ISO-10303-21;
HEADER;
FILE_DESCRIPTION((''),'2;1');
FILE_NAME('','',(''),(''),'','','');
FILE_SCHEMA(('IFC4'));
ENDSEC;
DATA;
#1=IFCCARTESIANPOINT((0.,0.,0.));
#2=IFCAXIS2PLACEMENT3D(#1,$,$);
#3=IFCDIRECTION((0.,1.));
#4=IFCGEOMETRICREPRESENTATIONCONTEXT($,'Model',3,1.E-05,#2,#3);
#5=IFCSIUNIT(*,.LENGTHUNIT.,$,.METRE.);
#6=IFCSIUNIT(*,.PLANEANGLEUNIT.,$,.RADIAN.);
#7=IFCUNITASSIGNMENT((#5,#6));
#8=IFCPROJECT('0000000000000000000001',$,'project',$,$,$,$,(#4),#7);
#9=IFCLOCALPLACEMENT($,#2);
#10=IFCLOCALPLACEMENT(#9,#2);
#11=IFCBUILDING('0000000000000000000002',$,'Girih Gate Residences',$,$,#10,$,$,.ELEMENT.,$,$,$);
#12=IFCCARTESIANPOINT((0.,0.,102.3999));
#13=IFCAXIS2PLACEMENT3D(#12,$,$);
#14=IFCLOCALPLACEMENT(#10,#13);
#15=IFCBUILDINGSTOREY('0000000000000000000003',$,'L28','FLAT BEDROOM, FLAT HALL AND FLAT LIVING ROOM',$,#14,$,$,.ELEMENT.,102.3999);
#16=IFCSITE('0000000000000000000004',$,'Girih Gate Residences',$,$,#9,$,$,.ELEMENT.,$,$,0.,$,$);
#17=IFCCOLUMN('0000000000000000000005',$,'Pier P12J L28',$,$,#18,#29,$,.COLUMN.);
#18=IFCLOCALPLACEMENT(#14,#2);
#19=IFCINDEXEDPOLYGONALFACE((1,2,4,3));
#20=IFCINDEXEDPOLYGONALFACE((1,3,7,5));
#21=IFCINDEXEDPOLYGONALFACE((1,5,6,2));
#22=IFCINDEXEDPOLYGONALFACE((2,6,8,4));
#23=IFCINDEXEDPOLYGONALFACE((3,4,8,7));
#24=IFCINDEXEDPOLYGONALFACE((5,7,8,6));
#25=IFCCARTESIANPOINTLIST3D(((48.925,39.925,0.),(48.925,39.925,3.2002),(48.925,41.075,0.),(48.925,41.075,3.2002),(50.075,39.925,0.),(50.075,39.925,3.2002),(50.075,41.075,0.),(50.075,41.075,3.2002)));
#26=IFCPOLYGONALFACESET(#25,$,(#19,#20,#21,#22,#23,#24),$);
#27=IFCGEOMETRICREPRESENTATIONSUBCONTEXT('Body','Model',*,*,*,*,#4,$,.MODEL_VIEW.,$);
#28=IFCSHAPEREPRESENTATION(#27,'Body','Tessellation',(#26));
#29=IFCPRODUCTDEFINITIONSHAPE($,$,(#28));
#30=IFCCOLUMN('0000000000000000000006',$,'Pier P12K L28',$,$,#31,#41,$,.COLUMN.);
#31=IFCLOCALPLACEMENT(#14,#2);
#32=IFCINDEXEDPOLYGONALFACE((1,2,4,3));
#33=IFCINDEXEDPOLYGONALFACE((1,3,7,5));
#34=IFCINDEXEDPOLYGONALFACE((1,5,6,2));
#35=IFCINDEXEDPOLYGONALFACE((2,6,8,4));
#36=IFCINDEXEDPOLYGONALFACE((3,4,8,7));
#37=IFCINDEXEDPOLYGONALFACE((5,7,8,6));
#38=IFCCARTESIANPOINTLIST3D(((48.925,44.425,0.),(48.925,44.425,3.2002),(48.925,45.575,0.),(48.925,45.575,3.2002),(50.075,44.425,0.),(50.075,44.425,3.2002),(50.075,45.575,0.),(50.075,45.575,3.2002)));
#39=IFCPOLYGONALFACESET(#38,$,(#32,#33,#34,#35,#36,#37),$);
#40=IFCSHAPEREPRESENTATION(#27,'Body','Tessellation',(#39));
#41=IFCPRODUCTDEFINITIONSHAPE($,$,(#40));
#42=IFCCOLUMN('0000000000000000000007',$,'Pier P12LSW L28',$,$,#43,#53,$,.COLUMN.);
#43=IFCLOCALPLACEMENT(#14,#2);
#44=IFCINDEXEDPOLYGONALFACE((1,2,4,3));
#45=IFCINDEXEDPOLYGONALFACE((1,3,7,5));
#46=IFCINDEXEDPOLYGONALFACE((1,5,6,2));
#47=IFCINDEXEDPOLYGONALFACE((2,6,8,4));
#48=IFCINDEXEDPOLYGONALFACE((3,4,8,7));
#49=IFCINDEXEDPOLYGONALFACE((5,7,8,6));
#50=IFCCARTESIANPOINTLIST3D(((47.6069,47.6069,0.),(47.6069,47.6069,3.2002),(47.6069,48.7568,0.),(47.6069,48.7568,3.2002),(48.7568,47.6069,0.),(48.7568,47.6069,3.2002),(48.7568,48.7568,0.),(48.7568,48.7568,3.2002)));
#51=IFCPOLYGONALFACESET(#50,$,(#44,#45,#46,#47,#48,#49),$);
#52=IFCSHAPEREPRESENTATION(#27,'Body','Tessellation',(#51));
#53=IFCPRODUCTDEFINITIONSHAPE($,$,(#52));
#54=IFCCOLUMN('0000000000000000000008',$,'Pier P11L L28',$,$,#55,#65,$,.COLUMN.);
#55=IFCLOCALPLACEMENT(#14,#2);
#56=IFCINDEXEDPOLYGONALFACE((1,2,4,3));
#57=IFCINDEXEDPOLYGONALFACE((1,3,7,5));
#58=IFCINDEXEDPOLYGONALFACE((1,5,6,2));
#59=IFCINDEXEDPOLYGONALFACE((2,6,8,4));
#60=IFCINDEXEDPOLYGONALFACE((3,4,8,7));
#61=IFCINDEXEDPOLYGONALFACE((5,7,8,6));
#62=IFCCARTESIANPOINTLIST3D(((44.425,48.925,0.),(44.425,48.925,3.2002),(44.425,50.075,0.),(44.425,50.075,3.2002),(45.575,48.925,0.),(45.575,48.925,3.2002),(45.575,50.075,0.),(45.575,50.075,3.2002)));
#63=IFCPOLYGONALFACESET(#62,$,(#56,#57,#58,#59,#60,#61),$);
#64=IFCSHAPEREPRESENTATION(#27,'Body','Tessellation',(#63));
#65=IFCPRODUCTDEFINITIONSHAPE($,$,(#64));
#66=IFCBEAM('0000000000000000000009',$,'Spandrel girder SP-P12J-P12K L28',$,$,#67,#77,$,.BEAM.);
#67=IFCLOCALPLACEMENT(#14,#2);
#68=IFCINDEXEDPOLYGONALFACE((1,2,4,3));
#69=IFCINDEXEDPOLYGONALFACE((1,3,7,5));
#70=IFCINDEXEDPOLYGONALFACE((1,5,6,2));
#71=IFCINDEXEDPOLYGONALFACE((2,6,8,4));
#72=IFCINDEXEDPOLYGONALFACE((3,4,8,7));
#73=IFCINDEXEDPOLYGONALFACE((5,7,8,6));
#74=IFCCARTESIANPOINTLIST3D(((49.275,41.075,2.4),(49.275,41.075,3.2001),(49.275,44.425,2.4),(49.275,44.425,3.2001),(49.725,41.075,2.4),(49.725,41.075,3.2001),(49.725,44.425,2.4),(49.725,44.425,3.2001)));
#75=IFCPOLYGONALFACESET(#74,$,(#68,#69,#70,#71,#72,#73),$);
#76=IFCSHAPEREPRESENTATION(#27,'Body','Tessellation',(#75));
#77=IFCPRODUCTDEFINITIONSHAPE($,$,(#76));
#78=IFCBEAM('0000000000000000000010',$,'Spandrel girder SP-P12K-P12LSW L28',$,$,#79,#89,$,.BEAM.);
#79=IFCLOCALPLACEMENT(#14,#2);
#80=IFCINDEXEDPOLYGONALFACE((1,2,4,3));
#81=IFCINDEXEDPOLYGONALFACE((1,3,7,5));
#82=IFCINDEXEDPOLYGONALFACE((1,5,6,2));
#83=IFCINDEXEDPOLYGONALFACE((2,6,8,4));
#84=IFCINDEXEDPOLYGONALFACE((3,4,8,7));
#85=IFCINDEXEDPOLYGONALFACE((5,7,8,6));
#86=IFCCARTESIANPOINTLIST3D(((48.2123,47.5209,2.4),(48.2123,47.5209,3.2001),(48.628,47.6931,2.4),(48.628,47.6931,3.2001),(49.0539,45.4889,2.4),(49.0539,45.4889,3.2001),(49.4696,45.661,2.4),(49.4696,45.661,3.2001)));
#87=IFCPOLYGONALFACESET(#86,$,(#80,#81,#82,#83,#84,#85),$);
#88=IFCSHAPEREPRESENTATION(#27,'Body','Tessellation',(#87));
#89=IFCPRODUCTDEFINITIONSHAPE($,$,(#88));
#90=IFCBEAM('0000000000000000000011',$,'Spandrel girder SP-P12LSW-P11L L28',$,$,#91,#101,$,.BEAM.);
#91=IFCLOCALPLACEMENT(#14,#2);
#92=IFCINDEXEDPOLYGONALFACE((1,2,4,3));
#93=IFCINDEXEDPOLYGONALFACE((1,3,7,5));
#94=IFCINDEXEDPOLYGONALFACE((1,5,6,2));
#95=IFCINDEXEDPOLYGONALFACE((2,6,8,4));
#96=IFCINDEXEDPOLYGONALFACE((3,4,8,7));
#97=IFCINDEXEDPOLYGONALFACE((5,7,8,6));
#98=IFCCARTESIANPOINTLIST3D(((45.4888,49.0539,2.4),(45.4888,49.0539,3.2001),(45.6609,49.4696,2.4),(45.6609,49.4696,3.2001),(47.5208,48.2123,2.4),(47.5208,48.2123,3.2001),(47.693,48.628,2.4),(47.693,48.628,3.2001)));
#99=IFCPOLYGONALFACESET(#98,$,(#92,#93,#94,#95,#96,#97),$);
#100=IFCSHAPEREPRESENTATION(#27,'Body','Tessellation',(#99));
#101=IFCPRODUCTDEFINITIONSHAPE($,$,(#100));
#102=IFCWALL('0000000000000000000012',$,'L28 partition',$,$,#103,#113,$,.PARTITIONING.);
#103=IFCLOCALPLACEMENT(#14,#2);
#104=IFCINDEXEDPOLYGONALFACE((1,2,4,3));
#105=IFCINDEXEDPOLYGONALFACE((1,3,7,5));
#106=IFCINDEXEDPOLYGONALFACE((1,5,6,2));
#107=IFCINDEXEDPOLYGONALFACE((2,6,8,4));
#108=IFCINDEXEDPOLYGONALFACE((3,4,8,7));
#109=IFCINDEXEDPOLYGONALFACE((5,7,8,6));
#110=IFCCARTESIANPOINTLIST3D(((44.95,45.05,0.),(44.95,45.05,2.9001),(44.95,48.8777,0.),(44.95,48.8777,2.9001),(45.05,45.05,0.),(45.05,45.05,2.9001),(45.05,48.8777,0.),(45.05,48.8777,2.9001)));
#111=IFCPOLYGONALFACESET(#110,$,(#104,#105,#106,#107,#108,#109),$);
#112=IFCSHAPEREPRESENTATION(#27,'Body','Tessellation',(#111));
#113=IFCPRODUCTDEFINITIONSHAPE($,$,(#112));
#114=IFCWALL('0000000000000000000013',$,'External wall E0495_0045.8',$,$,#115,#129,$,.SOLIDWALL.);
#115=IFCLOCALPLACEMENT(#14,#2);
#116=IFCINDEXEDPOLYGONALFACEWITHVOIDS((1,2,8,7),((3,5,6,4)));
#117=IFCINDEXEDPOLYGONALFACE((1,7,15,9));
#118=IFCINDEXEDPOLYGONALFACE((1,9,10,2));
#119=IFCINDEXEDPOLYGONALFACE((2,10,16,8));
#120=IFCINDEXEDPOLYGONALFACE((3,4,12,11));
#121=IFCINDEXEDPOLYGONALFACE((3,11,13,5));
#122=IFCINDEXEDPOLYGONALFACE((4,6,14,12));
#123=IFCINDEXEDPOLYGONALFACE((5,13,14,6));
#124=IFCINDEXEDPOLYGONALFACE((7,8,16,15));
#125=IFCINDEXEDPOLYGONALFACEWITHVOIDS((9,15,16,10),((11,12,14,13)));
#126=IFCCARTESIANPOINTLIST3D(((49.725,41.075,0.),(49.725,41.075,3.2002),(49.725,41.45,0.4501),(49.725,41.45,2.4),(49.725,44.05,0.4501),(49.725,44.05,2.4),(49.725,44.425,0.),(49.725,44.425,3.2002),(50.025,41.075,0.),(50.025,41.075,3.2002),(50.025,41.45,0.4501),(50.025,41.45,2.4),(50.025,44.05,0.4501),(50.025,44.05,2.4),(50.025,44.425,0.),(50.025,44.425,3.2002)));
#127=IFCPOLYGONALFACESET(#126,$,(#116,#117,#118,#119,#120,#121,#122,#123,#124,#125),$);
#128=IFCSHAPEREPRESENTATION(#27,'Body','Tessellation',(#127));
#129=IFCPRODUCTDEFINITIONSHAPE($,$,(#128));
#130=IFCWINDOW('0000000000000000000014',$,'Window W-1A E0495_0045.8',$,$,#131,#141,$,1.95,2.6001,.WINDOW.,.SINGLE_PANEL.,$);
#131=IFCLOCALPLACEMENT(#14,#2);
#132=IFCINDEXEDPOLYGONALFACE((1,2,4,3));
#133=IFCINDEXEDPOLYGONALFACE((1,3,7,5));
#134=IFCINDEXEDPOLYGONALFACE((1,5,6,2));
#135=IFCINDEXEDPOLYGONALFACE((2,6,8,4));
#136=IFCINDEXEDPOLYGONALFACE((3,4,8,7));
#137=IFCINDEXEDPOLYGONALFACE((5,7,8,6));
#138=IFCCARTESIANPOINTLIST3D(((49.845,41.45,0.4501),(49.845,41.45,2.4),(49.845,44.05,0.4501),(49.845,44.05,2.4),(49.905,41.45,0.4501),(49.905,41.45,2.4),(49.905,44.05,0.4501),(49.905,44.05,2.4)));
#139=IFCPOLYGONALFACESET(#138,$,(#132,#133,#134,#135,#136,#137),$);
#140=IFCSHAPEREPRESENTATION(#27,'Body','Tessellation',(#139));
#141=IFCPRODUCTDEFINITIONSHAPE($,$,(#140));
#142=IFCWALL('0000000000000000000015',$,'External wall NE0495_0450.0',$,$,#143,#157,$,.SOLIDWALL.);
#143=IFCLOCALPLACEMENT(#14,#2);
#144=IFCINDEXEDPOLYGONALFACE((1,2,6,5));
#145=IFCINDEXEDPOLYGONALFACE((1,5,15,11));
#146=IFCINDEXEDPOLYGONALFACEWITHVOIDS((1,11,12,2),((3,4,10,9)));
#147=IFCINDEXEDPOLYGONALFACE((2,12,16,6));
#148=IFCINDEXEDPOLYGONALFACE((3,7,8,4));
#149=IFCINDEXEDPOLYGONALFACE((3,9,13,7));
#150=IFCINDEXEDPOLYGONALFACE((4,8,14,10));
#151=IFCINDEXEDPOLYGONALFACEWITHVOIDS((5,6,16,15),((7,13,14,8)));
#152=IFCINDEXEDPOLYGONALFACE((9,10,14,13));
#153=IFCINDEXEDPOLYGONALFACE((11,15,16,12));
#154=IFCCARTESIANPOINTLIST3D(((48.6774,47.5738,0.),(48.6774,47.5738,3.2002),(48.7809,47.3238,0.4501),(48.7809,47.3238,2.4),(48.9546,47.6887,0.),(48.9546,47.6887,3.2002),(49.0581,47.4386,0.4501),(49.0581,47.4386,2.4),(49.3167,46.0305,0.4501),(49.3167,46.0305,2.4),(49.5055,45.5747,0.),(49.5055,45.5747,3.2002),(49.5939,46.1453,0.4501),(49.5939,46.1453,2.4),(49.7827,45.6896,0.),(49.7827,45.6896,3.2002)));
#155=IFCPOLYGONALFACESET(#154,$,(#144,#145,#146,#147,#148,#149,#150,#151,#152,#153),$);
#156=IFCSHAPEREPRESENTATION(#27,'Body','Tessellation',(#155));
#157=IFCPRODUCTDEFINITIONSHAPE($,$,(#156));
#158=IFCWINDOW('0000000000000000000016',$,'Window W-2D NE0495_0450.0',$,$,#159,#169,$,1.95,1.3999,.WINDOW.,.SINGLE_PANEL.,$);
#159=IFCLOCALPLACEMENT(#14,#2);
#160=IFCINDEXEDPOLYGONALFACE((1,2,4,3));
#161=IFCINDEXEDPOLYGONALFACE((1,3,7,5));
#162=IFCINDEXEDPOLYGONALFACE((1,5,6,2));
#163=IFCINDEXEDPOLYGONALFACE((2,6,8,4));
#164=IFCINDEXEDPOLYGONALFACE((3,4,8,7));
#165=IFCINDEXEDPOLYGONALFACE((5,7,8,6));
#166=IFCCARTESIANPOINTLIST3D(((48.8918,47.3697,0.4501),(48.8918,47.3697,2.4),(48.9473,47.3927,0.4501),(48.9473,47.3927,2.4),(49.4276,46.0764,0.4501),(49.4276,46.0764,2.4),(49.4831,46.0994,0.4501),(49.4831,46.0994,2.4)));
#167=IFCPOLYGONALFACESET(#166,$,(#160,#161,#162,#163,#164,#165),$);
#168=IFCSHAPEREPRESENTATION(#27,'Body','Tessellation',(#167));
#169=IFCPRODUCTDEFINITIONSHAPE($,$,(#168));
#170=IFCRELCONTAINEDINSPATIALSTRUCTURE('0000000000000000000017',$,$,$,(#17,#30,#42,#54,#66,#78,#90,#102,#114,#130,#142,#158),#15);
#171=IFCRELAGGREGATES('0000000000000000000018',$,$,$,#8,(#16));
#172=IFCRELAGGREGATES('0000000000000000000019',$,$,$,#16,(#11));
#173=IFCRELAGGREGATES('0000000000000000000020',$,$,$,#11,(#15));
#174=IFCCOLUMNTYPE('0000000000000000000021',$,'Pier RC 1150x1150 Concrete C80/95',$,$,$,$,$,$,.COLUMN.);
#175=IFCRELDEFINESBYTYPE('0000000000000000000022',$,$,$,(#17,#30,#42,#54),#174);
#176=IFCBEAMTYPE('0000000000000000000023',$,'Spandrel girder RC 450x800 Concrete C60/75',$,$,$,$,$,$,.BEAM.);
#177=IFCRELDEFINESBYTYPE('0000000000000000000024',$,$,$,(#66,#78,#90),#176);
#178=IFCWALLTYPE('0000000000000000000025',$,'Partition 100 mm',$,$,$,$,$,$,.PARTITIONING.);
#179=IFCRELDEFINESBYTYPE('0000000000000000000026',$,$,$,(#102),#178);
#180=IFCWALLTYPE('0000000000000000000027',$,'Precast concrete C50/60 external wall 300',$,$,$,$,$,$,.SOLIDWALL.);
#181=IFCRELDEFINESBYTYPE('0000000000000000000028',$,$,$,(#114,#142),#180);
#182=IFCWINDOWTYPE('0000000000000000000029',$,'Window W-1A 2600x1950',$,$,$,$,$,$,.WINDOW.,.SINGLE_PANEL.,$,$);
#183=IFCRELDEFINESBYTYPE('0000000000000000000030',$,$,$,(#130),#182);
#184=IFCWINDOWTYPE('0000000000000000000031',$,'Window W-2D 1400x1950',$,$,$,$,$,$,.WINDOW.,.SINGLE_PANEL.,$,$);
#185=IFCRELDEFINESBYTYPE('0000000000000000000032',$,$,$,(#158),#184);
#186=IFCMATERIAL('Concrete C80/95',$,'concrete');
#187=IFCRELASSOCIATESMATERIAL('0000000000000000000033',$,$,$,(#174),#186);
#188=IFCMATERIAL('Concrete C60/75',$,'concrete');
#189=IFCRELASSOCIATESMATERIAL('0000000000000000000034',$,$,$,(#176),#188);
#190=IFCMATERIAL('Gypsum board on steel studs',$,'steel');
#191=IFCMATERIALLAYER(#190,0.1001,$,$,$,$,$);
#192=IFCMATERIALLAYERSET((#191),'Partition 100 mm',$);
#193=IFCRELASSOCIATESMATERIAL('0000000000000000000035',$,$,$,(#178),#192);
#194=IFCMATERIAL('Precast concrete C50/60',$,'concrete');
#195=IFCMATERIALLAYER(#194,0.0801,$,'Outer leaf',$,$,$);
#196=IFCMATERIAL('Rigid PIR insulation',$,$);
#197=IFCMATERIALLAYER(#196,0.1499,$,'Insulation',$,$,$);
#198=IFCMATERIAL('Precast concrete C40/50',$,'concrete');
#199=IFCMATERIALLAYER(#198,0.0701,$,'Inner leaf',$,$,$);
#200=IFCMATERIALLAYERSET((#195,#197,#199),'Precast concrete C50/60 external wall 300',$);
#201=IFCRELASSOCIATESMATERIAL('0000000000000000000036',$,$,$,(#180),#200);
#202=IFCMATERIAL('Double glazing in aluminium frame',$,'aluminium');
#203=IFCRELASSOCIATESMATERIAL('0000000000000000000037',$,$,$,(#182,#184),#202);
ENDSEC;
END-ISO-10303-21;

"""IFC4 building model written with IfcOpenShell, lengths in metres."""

from ifc_helpers import new_model, si_unit, direction, frame, frame_2d, origin, origin_2d, place, context, subcontext, project, spatial, rectangle, extrude, material, layer, layer_set, material_profile, profile_set, type_object, element, fill, save


model = new_model("IFC4")

# Units and contexts
model_context = context("Model", 3, precision=1e-05, world=origin(), true_north=direction((0.0, 1.0)))
body_context = subcontext(model_context, "Body", "Model", "MODEL_VIEW")
ifc_project = project(units=[si_unit("LENGTHUNIT", "METRE"), si_unit("PLANEANGLEUNIT", "RADIAN")], contexts=[model_context])

# Site, building, storey
site_placement = place(None, origin())
site = spatial("IfcSite", under=ifc_project, at=site_placement, Name="Girih Gate Residences", CompositionType="ELEMENT", RefElevation=0.0)
building_placement = place(site_placement, origin())
building = spatial("IfcBuilding", under=site, at=building_placement, Name="Girih Gate Residences", CompositionType="ELEMENT")
storey_placement = place(building_placement, frame((0.0, 0.0, 102.3999)))
storey = spatial("IfcBuildingStorey", under=building, at=storey_placement, Name="L28", Description="FLAT BEDROOM, FLAT HALL AND FLAT LIVING ROOM", CompositionType="ELEMENT", Elevation=102.3999)

# Columns
ifc_material_1 = material(Name="Concrete C80/95", Category="concrete")
ifc_material_profile_1 = material_profile(ifc_material_1, rectangle(XDim=1.1499, YDim=1.1499, at=origin_2d()))
ifc_profile_set_1 = profile_set([ifc_material_profile_1], Name="Concrete C80/95")
column_type = type_object("IfcColumnType", Name="Pier RC 1150x1150 Concrete C80/95", PredefinedType="COLUMN", material=ifc_profile_set_1)
for number, where, z_axis, x_axis, name in (
    (1, (49.5, 40.5, 0.0), (0.0, 0.0, 1.0), (1.0, 0.0, 0.0), "Pier P12J L28"),
    (2, (49.5, 45.0, 0.0), (0.0, 0.0, 1.0), (1.0, 0.0, 0.0), "Pier P12K L28"),
    (3, (48.1819, 48.1819, 0.0), (0.0, 0.0, 1.0), (1.0, 0.0, 0.0), "Pier P12LSW L28"),
    (4, (45.0, 49.5, 0.0), (0.0, 0.0, 1.0), (1.0, 0.0, 0.0), "Pier P11L L28"),
):
    element("IfcColumn", number, at=place(storey_placement, frame(where, z_axis=z_axis, x_axis=x_axis)), inside=storey, type_object=column_type, Name=name, PredefinedType="COLUMN", context=body_context, shape_type="SweptSolid", body=[
        extrude(rectangle(XDim=1.1499, YDim=1.1499, at=origin_2d()), origin(), (0.0, 0.0, 1.0), 3.2002),
    ])

# Beams
ifc_material_2 = material(Name="Concrete C60/75", Category="concrete")
ifc_material_profile_2 = material_profile(ifc_material_2, rectangle(XDim=0.45, YDim=0.8, at=origin_2d()))
ifc_profile_set_2 = profile_set([ifc_material_profile_2], Name="Concrete C60/75")
beam_type = type_object("IfcBeamType", Name="Spandrel girder RC 450x800 Concrete C60/75", PredefinedType="BEAM", material=ifc_profile_set_2)
beam_placement = place(storey_placement, frame((49.5, 41.075, 2.8), z_axis=(0.0, 1.0, 0.0), x_axis=(-1.0, 0.0, 0.0)))
element("IfcBeam", 5, at=beam_placement, inside=storey, type_object=beam_type, Name="Spandrel girder SP-P12J-P12K L28", PredefinedType="BEAM", context=body_context, shape_type="SweptSolid", body=[
    extrude(rectangle(XDim=0.45, YDim=0.8, at=origin_2d()), origin(), (0.0, 0.0, 1.0), 3.3501),
])
for number, where, z_axis, x_axis, name in (
    (6, (49.2617, 45.575, 2.8), (-0.382636, 0.923899, 0.0), (-0.923899, -0.382636, 0.0), "Spandrel girder SP-P12K-P12LSW L28"),
    (7, (47.6069, 48.4202, 2.8), (-0.923899, 0.382636, 0.0), (-0.382636, -0.923899, 0.0), "Spandrel girder SP-P12LSW-P11L L28"),
):
    element("IfcBeam", number, at=place(storey_placement, frame(where, z_axis=z_axis, x_axis=x_axis)), inside=storey, type_object=beam_type, Name=name, PredefinedType="BEAM", context=body_context, shape_type="SweptSolid", body=[
        extrude(rectangle(XDim=0.45, YDim=0.8, at=origin_2d()), origin(), (0.0, 0.0, 1.0), 2.1995),
    ])

# Wall
ifc_material_3 = material(Name="Gypsum board on steel studs", Category="steel")
ifc_layer_1 = layer(ifc_material_3, 0.1001)
ifc_layer_set_1 = layer_set([ifc_layer_1], Name="Partition 100 mm")
wall_type_1 = type_object("IfcWallType", Name="Partition 100 mm", PredefinedType="PARTITIONING", material=ifc_layer_set_1)
wall_1_placement = place(storey_placement, frame((45.0, 45.05, 0.0), z_axis=(0.0, 0.0, 1.0), x_axis=(0.0, 1.0, 0.0)))
element("IfcWall", 8, at=wall_1_placement, inside=storey, type_object=wall_type_1, Name="L28 partition", PredefinedType="PARTITIONING", context=body_context, shape_type="SweptSolid", body=[
    extrude(rectangle(XDim=3.8276, YDim=0.1001, at=frame_2d((1.9138, 0.0))), origin(), (0.0, 0.0, 1.0), 2.9001),
])

# Walls, openings, windows
ifc_material_4 = material(Name="Precast concrete C50/60", Category="concrete")
ifc_layer_2 = layer(ifc_material_4, 0.0801, Name="Outer leaf")
ifc_material_5 = material(Name="Rigid PIR insulation")
ifc_layer_3 = layer(ifc_material_5, 0.1499, Name="Insulation")
ifc_material_6 = material(Name="Precast concrete C40/50", Category="concrete")
ifc_layer_4 = layer(ifc_material_6, 0.0701, Name="Inner leaf")
ifc_layer_set_2 = layer_set([ifc_layer_2, ifc_layer_3, ifc_layer_4], Name="Precast concrete C50/60 external wall 300")
wall_type_2 = type_object("IfcWallType", Name="Precast concrete C50/60 external wall 300", PredefinedType="SOLIDWALL", material=ifc_layer_set_2)
wall_2_placement = place(storey_placement, frame((49.875, 44.425, 0.0), z_axis=(0.0, 0.0, 1.0), x_axis=(0.0, -1.0, 0.0)))
wall_2 = element("IfcWall", 9, at=wall_2_placement, inside=storey, type_object=wall_type_2, Name="External wall E0495_0045.8", PredefinedType="SOLIDWALL", context=body_context, shape_type="SweptSolid", body=[
    extrude(rectangle(XDim=3.3501, YDim=0.3, at=frame_2d((1.675, 0.0))), origin(), (0.0, 0.0, 1.0), 3.2002),
])
opening_1_placement = place(wall_2_placement, frame((0.375, 0.0, 0.45)))
opening_1 = element("IfcOpeningElement", 10, at=opening_1_placement, cuts=wall_2, PredefinedType="OPENING", context=body_context, shape_type="SweptSolid", body=[
    extrude(rectangle(XDim=2.6001, YDim=1.95, at=frame_2d((1.3, 0.9751))), frame((0.0, 0.1599, 0.0), z_axis=(0.0, -1.0, 0.0), x_axis=(1.0, 0.0, 0.0)), (0.0, 0.0, 1.0), 0.3201),
])
ifc_material_7 = material(Name="Double glazing in aluminium frame", Category="aluminium")
window_type_1 = type_object("IfcWindowType", Name="Window W-1A 2600x1950", PartitioningType="SINGLE_PANEL", PredefinedType="WINDOW", material=ifc_material_7)
window_1_placement = place(opening_1_placement, origin())
window_1 = element("IfcWindow", 11, at=window_1_placement, inside=storey, type_object=window_type_1, Name="Window W-1A E0495_0045.8", OverallHeight=1.95, OverallWidth=2.6001, PartitioningType="SINGLE_PANEL", PredefinedType="WINDOW", context=body_context, shape_type="SweptSolid", body=[
    extrude(rectangle(XDim=2.6001, YDim=1.95, at=frame_2d((1.3, 0.9751))), frame((0.0, 0.03, 0.0), z_axis=(0.0, -1.0, 0.0), x_axis=(1.0, 0.0, 0.0)), (0.0, 0.0, 1.0), 0.0601),
])
fill(opening_1, window_1)
wall_3_placement = place(storey_placement, frame((48.8159, 47.6313, 0.0), z_axis=(0.0, 0.0, 1.0), x_axis=(0.382724, -0.923863, 0.0)))
wall_3 = element("IfcWall", 12, at=wall_3_placement, inside=storey, type_object=wall_type_2, Name="External wall NE0495_0450.0", PredefinedType="SOLIDWALL", context=body_context, shape_type="SweptSolid", body=[
    extrude(rectangle(XDim=2.1638, YDim=0.3, at=frame_2d((1.082, 0.0))), origin(), (0.0, 0.0, 1.0), 3.2002),
])
opening_2_placement = place(wall_3_placement, frame((0.2708, 0.0, 0.45)))
opening_2 = element("IfcOpeningElement", 13, at=opening_2_placement, cuts=wall_3, PredefinedType="OPENING", context=body_context, shape_type="SweptSolid", body=[
    extrude(rectangle(XDim=1.3999, YDim=1.95, at=frame_2d((0.7, 0.9751))), frame((0.0, 0.1599, 0.0), z_axis=(0.0, -1.0, 0.0), x_axis=(1.0, 0.0, 0.0)), (0.0, 0.0, 1.0), 0.3201),
])
window_type_2 = type_object("IfcWindowType", Name="Window W-2D 1400x1950", PartitioningType="SINGLE_PANEL", PredefinedType="WINDOW", material=ifc_material_7)
window_2_placement = place(opening_2_placement, origin())
window_2 = element("IfcWindow", 14, at=window_2_placement, inside=storey, type_object=window_type_2, Name="Window W-2D NE0495_0450.0", OverallHeight=1.95, OverallWidth=1.3999, PartitioningType="SINGLE_PANEL", PredefinedType="WINDOW", context=body_context, shape_type="SweptSolid", body=[
    extrude(rectangle(XDim=1.3999, YDim=1.95, at=frame_2d((0.7, 0.9751))), frame((0.0, 0.03, 0.0), z_axis=(0.0, -1.0, 0.0), x_axis=(1.0, 0.0, 0.0)), (0.0, 0.0, 1.0), 0.0601),
])
fill(opening_2, window_2)

save(model, "model.ifc")
